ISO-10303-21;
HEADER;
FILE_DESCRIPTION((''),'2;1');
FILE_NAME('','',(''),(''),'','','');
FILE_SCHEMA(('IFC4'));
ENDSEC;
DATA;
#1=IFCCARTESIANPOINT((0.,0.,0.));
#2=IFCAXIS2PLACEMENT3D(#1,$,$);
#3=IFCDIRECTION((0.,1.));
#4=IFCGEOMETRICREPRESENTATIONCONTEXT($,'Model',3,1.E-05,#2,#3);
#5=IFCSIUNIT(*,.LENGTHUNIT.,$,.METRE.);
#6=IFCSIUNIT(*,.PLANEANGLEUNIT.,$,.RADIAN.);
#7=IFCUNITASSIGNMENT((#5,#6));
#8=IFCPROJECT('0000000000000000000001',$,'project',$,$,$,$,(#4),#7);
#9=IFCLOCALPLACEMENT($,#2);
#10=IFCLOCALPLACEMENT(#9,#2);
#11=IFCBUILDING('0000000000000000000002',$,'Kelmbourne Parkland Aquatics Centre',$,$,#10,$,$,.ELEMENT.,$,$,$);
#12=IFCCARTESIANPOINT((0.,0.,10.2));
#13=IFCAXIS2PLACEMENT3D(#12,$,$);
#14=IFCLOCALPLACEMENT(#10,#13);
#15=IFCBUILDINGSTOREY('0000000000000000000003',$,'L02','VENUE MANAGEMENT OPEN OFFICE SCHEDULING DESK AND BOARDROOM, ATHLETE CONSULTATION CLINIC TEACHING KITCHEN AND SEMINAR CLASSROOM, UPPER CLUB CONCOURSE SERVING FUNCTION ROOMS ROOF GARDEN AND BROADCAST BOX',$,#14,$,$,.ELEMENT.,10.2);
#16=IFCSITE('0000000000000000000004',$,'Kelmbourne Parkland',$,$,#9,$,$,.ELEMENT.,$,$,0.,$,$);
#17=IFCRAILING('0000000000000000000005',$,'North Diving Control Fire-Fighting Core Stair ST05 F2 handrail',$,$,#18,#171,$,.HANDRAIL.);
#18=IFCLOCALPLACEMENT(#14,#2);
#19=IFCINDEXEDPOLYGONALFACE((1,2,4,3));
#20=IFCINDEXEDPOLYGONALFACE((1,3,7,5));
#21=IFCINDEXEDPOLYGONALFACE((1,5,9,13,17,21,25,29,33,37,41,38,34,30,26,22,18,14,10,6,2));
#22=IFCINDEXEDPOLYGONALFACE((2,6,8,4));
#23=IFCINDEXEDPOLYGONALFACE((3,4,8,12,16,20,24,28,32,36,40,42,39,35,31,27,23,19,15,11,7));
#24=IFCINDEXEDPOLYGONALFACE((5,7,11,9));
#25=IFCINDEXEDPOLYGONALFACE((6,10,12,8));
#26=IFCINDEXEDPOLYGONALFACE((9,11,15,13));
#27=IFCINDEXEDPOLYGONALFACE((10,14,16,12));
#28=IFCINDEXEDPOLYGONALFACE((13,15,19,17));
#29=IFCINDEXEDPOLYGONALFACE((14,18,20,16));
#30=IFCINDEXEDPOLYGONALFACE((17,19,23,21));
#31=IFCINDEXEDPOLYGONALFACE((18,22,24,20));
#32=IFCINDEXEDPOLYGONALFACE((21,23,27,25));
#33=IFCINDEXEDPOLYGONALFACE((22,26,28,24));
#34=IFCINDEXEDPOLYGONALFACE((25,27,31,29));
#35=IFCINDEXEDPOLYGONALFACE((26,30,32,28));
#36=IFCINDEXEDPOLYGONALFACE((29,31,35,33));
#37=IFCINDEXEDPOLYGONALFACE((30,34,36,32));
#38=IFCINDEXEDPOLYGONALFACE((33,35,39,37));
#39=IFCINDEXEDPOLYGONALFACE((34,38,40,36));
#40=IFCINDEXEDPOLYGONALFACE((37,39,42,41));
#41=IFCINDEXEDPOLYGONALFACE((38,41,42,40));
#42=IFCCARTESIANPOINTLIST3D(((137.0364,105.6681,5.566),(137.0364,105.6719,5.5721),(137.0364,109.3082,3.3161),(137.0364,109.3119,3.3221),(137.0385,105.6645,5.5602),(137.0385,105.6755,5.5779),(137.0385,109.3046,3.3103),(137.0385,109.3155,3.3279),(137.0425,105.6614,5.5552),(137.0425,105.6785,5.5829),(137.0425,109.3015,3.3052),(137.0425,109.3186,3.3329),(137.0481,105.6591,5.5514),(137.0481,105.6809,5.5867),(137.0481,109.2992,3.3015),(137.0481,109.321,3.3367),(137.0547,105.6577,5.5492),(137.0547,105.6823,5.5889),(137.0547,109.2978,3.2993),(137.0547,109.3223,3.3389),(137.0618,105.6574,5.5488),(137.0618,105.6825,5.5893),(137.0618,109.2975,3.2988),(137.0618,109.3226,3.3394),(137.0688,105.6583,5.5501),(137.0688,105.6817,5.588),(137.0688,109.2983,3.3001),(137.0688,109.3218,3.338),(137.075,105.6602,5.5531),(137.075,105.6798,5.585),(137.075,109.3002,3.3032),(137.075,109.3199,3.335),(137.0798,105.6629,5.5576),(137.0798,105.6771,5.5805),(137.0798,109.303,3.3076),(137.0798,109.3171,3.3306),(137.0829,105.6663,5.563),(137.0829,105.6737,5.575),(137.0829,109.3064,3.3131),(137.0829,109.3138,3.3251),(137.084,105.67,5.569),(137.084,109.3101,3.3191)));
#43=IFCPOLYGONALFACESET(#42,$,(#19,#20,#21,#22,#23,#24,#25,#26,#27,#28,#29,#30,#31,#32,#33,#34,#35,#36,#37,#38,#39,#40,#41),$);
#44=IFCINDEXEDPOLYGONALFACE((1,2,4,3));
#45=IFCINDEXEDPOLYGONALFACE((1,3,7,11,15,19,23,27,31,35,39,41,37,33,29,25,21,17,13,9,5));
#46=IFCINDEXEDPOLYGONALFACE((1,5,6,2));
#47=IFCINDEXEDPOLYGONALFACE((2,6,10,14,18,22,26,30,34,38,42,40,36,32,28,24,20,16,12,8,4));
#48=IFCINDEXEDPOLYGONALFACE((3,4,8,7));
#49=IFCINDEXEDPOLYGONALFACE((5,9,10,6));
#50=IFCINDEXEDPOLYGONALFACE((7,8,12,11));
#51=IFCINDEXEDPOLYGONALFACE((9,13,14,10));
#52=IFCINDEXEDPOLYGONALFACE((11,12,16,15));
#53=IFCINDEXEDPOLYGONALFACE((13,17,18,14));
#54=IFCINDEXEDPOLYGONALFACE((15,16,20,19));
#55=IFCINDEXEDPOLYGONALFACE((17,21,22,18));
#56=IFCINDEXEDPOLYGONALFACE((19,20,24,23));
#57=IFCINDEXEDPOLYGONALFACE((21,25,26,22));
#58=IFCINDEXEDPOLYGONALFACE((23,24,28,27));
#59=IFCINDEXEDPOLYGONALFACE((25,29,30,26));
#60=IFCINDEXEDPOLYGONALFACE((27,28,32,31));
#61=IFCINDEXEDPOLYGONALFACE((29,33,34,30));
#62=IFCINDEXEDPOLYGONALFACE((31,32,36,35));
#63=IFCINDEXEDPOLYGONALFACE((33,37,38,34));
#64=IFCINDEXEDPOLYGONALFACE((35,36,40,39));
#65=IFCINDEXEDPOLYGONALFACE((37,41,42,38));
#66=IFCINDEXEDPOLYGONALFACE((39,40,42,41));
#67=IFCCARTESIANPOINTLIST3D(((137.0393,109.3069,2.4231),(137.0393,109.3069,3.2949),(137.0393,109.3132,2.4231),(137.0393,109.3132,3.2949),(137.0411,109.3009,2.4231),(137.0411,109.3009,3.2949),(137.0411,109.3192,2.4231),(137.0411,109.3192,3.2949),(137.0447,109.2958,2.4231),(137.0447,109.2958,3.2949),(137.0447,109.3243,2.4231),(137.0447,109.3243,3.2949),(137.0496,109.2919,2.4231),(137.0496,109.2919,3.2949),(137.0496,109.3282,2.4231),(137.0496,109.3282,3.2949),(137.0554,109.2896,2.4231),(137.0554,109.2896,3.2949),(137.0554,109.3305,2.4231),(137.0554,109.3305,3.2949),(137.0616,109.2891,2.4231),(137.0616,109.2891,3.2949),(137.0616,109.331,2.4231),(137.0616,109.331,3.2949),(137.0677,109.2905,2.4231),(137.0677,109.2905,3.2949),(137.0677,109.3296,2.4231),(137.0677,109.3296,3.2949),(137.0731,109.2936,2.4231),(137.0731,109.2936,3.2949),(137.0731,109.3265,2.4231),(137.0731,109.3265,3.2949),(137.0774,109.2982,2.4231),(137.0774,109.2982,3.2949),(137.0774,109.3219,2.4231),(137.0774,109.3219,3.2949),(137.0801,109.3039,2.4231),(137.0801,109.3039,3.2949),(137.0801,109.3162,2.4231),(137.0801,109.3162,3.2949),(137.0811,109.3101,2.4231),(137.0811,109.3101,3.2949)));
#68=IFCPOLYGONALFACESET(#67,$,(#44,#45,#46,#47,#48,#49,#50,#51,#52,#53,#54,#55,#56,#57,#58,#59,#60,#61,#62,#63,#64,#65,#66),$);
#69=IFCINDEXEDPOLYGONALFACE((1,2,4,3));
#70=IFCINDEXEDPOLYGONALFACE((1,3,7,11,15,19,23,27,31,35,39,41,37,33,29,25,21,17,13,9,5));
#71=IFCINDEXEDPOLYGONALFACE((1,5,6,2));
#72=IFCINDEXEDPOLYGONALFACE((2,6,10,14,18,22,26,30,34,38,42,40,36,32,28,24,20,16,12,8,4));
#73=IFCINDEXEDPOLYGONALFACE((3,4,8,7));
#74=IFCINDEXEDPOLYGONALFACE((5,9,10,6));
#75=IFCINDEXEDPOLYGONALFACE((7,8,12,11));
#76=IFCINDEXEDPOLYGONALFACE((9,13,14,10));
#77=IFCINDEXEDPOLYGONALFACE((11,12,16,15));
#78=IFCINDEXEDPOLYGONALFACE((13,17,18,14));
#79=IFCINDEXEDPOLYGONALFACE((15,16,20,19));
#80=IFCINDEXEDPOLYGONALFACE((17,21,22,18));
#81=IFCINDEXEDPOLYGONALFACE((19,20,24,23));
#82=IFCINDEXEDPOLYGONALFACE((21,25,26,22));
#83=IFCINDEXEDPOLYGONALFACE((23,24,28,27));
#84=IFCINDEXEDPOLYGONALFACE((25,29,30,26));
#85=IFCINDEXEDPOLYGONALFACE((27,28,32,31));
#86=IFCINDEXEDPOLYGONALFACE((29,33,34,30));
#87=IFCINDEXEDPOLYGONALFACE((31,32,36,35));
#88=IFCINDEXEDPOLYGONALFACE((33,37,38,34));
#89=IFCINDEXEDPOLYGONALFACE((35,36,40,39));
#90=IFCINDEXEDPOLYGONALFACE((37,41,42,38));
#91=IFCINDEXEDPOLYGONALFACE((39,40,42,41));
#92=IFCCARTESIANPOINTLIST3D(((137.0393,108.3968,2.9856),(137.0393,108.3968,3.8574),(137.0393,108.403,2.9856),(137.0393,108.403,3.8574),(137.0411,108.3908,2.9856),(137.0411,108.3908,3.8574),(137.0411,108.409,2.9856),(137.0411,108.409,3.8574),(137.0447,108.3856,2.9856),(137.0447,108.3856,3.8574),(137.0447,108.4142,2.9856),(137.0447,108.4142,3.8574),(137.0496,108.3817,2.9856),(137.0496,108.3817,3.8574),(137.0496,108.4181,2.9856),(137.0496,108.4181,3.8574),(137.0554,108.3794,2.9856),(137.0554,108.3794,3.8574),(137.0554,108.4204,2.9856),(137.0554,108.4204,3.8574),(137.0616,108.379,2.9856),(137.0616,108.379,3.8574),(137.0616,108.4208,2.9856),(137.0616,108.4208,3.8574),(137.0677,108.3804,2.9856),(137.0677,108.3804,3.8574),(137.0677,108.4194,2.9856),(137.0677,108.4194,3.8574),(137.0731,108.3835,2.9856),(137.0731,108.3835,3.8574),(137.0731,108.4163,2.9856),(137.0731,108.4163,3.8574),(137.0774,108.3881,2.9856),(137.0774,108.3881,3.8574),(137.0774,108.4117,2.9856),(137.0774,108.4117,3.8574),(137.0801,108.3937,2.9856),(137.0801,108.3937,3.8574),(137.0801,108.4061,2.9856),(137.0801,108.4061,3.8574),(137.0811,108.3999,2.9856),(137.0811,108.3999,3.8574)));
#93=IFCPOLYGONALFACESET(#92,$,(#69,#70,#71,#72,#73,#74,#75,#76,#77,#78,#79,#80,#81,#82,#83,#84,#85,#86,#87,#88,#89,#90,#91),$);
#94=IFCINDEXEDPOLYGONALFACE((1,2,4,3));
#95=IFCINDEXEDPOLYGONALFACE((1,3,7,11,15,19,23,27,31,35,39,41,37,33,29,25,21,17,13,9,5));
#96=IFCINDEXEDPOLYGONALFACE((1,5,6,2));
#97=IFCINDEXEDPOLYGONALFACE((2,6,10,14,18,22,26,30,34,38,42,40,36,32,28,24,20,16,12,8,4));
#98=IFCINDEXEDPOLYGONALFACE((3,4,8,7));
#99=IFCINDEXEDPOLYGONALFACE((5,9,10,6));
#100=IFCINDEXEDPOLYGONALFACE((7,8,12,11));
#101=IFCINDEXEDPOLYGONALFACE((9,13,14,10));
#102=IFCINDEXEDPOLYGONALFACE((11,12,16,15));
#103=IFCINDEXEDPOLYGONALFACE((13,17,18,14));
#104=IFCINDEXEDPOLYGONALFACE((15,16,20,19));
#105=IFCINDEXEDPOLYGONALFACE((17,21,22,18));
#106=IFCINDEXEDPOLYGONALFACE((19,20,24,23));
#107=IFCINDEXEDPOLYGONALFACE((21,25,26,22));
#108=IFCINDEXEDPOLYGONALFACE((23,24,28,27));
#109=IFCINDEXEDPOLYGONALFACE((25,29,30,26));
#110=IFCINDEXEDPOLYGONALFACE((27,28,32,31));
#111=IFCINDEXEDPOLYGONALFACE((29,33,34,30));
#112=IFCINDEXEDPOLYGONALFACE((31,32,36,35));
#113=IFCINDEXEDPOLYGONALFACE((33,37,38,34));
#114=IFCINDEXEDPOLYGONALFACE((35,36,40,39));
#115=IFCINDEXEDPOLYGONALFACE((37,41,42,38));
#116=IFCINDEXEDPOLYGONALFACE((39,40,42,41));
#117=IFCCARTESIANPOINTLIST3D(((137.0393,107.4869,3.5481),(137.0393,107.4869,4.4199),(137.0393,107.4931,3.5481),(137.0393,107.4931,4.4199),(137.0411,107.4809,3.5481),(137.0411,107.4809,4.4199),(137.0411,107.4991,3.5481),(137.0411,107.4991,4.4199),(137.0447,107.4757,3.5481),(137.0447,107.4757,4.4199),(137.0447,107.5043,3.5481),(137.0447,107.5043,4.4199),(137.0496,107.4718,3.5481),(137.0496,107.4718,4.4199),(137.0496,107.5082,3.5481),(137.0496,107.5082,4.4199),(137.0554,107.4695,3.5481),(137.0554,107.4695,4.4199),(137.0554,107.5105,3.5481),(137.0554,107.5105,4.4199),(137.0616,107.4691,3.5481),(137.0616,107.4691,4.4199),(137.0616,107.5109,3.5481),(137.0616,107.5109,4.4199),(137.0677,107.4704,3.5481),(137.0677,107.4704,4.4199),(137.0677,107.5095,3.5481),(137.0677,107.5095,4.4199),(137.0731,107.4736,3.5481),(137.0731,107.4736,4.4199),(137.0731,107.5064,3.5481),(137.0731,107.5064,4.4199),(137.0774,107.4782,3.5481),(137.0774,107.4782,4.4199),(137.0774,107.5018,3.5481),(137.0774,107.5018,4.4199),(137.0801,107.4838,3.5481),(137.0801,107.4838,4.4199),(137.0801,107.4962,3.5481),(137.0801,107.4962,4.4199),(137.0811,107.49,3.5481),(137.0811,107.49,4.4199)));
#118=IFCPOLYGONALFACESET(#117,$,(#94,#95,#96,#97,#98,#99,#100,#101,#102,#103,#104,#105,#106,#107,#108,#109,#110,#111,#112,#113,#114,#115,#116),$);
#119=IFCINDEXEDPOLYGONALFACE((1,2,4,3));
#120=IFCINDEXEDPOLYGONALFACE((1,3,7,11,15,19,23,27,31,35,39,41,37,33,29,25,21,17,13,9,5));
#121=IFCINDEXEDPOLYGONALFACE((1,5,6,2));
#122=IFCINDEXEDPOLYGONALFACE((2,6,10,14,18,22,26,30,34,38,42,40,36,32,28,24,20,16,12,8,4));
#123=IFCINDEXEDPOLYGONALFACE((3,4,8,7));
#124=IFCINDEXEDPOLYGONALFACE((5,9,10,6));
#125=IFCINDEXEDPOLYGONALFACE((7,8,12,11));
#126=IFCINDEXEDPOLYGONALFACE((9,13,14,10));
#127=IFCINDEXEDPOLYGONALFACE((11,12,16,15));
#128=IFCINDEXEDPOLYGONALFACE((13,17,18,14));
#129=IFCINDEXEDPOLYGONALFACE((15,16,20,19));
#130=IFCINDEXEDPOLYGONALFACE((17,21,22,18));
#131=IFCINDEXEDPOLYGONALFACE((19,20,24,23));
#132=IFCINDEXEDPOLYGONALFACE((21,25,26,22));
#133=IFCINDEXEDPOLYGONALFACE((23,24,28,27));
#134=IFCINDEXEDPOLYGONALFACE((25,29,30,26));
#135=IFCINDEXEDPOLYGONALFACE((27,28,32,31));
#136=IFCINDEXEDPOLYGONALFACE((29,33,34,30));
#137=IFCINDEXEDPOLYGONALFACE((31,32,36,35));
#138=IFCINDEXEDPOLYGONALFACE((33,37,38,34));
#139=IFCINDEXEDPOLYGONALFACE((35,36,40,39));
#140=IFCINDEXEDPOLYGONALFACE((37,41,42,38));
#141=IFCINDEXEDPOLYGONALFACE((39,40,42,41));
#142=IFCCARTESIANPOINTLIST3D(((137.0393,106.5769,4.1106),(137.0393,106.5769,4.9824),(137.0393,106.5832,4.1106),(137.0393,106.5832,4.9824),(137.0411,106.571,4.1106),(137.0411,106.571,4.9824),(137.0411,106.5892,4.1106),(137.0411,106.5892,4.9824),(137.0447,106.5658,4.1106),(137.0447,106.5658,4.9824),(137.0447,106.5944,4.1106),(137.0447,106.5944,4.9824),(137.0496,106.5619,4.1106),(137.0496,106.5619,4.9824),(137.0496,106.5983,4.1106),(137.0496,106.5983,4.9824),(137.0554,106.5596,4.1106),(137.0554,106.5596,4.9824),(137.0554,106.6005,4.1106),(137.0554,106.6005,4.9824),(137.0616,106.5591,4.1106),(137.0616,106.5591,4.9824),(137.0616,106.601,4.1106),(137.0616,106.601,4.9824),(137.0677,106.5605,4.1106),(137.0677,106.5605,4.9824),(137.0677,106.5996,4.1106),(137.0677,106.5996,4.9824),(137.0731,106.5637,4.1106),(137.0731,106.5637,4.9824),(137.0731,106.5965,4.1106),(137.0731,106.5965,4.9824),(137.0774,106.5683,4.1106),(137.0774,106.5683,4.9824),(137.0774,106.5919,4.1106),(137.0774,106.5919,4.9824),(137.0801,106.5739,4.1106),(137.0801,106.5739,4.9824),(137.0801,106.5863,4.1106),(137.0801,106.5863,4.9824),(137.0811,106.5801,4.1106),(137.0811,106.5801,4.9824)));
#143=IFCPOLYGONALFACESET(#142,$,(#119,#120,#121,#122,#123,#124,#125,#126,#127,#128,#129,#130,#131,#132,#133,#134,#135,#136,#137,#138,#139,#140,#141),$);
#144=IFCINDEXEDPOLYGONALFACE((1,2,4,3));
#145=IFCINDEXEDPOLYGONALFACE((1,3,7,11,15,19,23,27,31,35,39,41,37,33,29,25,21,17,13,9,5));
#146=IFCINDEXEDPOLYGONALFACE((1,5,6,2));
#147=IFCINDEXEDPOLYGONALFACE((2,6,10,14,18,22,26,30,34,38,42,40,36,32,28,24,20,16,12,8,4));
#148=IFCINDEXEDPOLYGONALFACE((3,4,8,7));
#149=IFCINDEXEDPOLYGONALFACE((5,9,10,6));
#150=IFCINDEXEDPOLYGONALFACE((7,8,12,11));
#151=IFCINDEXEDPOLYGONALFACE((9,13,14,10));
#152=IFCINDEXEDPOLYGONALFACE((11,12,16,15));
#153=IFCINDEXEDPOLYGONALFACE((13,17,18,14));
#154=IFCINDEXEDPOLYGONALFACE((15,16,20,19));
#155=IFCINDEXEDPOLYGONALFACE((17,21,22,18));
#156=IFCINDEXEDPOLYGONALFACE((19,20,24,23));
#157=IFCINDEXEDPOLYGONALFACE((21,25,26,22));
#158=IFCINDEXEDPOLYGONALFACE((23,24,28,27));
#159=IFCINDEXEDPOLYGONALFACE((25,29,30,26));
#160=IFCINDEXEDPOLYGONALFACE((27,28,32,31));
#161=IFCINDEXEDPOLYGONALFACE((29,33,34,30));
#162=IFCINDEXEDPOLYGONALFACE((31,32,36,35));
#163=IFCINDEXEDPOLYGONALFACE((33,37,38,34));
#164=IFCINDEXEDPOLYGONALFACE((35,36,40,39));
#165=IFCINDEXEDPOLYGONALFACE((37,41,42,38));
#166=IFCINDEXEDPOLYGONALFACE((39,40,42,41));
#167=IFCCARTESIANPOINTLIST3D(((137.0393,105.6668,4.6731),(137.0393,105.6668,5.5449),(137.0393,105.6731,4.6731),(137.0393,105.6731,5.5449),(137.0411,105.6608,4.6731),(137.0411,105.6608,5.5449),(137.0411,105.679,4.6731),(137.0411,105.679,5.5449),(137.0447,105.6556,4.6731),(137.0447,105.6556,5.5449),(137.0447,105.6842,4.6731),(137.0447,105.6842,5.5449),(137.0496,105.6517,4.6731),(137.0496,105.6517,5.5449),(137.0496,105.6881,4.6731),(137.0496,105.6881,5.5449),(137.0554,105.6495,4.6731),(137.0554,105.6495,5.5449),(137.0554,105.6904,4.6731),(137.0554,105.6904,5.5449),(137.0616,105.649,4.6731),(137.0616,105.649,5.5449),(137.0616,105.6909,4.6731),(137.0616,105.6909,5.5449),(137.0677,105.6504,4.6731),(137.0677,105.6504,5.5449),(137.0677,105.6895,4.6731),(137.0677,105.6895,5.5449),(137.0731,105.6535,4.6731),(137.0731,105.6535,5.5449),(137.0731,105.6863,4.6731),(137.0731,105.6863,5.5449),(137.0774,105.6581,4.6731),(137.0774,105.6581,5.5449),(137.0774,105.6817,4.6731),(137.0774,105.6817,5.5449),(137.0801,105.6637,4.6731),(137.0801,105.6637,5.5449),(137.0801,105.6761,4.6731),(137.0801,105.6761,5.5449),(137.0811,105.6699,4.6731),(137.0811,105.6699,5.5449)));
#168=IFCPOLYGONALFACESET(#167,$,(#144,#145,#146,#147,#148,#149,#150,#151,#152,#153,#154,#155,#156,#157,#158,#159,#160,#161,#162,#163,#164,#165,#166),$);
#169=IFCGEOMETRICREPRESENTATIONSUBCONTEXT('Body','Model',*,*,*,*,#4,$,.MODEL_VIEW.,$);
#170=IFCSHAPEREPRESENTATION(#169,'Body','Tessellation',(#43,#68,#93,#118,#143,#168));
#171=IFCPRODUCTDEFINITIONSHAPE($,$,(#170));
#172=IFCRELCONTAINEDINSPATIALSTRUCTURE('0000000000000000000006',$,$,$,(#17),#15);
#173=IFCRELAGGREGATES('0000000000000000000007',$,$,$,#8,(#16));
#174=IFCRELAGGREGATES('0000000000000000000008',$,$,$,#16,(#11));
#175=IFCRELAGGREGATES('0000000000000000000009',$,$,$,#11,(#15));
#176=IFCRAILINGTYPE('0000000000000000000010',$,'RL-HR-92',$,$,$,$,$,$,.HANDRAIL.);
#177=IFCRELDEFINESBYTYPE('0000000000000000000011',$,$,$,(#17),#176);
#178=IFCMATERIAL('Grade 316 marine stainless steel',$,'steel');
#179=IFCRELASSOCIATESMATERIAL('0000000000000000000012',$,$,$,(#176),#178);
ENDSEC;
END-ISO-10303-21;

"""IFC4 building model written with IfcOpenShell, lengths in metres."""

from ifc_helpers import new_model, si_unit, direction, frame, origin, origin_2d, place, context, subcontext, project, spatial, circle, extrude, material, type_object, element, save


model = new_model("IFC4")

# Units and contexts
model_context = context("Model", 3, precision=1e-05, world=origin(), true_north=direction((0.0, 1.0)))
body_context = subcontext(model_context, "Body", "Model", "MODEL_VIEW")
ifc_project = project(units=[si_unit("LENGTHUNIT", "METRE"), si_unit("PLANEANGLEUNIT", "RADIAN")], contexts=[model_context])

# Site, building, storey
site_placement = place(None, origin())
site = spatial("IfcSite", under=ifc_project, at=site_placement, Name="Kelmbourne Parkland", CompositionType="ELEMENT", RefElevation=0.0)
building_placement = place(site_placement, origin())
building = spatial("IfcBuilding", under=site, at=building_placement, Name="Kelmbourne Parkland Aquatics Centre", CompositionType="ELEMENT")
storey_placement = place(building_placement, frame((0.0, 0.0, 10.2)))
storey = spatial("IfcBuildingStorey", under=building, at=storey_placement, Name="L02", Description="VENUE MANAGEMENT OPEN OFFICE SCHEDULING DESK AND BOARDROOM, ATHLETE CONSULTATION CLINIC TEACHING KITCHEN AND SEMINAR CLASSROOM, UPPER CLUB CONCOURSE SERVING FUNCTION ROOMS ROOF GARDEN AND BROADCAST BOX", CompositionType="ELEMENT", Elevation=10.2)

# Railing
ifc_material_1 = material(Name="Grade 316 marine stainless steel", Category="steel")
railing_type_1 = type_object("IfcRailingType", Name="RL-HR-92", PredefinedType="HANDRAIL", material=ifc_material_1)
railing_1_placement = place(storey_placement, frame((137.0601, 109.3101, 2.4231)))
element("IfcRailing", 1, at=railing_1_placement, inside=storey, type_object=railing_type_1, Name="North Diving Control Fire-Fighting Core Stair ST05 F2 handrail", PredefinedType="HANDRAIL", context=body_context, shape_type="SweptSolid", body=[
    extrude(circle(Radius=0.0239, at=origin_2d()), frame((0.0, 0.0, 0.896), z_axis=(0.0, -0.850622, 0.525777), x_axis=(1.0, 0.0, 0.0)), (0.0, 0.0, 1.0), 4.2793),
    extrude(circle(Radius=0.021, at=origin_2d()), origin(), (0.0, 0.0, 1.0), 0.8718),
    extrude(circle(Radius=0.021, at=origin_2d()), frame((0.0, -0.9102, 0.5625)), (0.0, 0.0, 1.0), 0.8718),
    extrude(circle(Radius=0.021, at=origin_2d()), frame((0.0, -1.8201, 1.125)), (0.0, 0.0, 1.0), 0.8718),
    extrude(circle(Radius=0.021, at=origin_2d()), frame((0.0, -2.73, 1.6875)), (0.0, 0.0, 1.0), 0.8718),
    extrude(circle(Radius=0.021, at=origin_2d()), frame((0.0, -3.6401, 2.25)), (0.0, 0.0, 1.0), 0.8718),
])

save(model, "model.ifc")
